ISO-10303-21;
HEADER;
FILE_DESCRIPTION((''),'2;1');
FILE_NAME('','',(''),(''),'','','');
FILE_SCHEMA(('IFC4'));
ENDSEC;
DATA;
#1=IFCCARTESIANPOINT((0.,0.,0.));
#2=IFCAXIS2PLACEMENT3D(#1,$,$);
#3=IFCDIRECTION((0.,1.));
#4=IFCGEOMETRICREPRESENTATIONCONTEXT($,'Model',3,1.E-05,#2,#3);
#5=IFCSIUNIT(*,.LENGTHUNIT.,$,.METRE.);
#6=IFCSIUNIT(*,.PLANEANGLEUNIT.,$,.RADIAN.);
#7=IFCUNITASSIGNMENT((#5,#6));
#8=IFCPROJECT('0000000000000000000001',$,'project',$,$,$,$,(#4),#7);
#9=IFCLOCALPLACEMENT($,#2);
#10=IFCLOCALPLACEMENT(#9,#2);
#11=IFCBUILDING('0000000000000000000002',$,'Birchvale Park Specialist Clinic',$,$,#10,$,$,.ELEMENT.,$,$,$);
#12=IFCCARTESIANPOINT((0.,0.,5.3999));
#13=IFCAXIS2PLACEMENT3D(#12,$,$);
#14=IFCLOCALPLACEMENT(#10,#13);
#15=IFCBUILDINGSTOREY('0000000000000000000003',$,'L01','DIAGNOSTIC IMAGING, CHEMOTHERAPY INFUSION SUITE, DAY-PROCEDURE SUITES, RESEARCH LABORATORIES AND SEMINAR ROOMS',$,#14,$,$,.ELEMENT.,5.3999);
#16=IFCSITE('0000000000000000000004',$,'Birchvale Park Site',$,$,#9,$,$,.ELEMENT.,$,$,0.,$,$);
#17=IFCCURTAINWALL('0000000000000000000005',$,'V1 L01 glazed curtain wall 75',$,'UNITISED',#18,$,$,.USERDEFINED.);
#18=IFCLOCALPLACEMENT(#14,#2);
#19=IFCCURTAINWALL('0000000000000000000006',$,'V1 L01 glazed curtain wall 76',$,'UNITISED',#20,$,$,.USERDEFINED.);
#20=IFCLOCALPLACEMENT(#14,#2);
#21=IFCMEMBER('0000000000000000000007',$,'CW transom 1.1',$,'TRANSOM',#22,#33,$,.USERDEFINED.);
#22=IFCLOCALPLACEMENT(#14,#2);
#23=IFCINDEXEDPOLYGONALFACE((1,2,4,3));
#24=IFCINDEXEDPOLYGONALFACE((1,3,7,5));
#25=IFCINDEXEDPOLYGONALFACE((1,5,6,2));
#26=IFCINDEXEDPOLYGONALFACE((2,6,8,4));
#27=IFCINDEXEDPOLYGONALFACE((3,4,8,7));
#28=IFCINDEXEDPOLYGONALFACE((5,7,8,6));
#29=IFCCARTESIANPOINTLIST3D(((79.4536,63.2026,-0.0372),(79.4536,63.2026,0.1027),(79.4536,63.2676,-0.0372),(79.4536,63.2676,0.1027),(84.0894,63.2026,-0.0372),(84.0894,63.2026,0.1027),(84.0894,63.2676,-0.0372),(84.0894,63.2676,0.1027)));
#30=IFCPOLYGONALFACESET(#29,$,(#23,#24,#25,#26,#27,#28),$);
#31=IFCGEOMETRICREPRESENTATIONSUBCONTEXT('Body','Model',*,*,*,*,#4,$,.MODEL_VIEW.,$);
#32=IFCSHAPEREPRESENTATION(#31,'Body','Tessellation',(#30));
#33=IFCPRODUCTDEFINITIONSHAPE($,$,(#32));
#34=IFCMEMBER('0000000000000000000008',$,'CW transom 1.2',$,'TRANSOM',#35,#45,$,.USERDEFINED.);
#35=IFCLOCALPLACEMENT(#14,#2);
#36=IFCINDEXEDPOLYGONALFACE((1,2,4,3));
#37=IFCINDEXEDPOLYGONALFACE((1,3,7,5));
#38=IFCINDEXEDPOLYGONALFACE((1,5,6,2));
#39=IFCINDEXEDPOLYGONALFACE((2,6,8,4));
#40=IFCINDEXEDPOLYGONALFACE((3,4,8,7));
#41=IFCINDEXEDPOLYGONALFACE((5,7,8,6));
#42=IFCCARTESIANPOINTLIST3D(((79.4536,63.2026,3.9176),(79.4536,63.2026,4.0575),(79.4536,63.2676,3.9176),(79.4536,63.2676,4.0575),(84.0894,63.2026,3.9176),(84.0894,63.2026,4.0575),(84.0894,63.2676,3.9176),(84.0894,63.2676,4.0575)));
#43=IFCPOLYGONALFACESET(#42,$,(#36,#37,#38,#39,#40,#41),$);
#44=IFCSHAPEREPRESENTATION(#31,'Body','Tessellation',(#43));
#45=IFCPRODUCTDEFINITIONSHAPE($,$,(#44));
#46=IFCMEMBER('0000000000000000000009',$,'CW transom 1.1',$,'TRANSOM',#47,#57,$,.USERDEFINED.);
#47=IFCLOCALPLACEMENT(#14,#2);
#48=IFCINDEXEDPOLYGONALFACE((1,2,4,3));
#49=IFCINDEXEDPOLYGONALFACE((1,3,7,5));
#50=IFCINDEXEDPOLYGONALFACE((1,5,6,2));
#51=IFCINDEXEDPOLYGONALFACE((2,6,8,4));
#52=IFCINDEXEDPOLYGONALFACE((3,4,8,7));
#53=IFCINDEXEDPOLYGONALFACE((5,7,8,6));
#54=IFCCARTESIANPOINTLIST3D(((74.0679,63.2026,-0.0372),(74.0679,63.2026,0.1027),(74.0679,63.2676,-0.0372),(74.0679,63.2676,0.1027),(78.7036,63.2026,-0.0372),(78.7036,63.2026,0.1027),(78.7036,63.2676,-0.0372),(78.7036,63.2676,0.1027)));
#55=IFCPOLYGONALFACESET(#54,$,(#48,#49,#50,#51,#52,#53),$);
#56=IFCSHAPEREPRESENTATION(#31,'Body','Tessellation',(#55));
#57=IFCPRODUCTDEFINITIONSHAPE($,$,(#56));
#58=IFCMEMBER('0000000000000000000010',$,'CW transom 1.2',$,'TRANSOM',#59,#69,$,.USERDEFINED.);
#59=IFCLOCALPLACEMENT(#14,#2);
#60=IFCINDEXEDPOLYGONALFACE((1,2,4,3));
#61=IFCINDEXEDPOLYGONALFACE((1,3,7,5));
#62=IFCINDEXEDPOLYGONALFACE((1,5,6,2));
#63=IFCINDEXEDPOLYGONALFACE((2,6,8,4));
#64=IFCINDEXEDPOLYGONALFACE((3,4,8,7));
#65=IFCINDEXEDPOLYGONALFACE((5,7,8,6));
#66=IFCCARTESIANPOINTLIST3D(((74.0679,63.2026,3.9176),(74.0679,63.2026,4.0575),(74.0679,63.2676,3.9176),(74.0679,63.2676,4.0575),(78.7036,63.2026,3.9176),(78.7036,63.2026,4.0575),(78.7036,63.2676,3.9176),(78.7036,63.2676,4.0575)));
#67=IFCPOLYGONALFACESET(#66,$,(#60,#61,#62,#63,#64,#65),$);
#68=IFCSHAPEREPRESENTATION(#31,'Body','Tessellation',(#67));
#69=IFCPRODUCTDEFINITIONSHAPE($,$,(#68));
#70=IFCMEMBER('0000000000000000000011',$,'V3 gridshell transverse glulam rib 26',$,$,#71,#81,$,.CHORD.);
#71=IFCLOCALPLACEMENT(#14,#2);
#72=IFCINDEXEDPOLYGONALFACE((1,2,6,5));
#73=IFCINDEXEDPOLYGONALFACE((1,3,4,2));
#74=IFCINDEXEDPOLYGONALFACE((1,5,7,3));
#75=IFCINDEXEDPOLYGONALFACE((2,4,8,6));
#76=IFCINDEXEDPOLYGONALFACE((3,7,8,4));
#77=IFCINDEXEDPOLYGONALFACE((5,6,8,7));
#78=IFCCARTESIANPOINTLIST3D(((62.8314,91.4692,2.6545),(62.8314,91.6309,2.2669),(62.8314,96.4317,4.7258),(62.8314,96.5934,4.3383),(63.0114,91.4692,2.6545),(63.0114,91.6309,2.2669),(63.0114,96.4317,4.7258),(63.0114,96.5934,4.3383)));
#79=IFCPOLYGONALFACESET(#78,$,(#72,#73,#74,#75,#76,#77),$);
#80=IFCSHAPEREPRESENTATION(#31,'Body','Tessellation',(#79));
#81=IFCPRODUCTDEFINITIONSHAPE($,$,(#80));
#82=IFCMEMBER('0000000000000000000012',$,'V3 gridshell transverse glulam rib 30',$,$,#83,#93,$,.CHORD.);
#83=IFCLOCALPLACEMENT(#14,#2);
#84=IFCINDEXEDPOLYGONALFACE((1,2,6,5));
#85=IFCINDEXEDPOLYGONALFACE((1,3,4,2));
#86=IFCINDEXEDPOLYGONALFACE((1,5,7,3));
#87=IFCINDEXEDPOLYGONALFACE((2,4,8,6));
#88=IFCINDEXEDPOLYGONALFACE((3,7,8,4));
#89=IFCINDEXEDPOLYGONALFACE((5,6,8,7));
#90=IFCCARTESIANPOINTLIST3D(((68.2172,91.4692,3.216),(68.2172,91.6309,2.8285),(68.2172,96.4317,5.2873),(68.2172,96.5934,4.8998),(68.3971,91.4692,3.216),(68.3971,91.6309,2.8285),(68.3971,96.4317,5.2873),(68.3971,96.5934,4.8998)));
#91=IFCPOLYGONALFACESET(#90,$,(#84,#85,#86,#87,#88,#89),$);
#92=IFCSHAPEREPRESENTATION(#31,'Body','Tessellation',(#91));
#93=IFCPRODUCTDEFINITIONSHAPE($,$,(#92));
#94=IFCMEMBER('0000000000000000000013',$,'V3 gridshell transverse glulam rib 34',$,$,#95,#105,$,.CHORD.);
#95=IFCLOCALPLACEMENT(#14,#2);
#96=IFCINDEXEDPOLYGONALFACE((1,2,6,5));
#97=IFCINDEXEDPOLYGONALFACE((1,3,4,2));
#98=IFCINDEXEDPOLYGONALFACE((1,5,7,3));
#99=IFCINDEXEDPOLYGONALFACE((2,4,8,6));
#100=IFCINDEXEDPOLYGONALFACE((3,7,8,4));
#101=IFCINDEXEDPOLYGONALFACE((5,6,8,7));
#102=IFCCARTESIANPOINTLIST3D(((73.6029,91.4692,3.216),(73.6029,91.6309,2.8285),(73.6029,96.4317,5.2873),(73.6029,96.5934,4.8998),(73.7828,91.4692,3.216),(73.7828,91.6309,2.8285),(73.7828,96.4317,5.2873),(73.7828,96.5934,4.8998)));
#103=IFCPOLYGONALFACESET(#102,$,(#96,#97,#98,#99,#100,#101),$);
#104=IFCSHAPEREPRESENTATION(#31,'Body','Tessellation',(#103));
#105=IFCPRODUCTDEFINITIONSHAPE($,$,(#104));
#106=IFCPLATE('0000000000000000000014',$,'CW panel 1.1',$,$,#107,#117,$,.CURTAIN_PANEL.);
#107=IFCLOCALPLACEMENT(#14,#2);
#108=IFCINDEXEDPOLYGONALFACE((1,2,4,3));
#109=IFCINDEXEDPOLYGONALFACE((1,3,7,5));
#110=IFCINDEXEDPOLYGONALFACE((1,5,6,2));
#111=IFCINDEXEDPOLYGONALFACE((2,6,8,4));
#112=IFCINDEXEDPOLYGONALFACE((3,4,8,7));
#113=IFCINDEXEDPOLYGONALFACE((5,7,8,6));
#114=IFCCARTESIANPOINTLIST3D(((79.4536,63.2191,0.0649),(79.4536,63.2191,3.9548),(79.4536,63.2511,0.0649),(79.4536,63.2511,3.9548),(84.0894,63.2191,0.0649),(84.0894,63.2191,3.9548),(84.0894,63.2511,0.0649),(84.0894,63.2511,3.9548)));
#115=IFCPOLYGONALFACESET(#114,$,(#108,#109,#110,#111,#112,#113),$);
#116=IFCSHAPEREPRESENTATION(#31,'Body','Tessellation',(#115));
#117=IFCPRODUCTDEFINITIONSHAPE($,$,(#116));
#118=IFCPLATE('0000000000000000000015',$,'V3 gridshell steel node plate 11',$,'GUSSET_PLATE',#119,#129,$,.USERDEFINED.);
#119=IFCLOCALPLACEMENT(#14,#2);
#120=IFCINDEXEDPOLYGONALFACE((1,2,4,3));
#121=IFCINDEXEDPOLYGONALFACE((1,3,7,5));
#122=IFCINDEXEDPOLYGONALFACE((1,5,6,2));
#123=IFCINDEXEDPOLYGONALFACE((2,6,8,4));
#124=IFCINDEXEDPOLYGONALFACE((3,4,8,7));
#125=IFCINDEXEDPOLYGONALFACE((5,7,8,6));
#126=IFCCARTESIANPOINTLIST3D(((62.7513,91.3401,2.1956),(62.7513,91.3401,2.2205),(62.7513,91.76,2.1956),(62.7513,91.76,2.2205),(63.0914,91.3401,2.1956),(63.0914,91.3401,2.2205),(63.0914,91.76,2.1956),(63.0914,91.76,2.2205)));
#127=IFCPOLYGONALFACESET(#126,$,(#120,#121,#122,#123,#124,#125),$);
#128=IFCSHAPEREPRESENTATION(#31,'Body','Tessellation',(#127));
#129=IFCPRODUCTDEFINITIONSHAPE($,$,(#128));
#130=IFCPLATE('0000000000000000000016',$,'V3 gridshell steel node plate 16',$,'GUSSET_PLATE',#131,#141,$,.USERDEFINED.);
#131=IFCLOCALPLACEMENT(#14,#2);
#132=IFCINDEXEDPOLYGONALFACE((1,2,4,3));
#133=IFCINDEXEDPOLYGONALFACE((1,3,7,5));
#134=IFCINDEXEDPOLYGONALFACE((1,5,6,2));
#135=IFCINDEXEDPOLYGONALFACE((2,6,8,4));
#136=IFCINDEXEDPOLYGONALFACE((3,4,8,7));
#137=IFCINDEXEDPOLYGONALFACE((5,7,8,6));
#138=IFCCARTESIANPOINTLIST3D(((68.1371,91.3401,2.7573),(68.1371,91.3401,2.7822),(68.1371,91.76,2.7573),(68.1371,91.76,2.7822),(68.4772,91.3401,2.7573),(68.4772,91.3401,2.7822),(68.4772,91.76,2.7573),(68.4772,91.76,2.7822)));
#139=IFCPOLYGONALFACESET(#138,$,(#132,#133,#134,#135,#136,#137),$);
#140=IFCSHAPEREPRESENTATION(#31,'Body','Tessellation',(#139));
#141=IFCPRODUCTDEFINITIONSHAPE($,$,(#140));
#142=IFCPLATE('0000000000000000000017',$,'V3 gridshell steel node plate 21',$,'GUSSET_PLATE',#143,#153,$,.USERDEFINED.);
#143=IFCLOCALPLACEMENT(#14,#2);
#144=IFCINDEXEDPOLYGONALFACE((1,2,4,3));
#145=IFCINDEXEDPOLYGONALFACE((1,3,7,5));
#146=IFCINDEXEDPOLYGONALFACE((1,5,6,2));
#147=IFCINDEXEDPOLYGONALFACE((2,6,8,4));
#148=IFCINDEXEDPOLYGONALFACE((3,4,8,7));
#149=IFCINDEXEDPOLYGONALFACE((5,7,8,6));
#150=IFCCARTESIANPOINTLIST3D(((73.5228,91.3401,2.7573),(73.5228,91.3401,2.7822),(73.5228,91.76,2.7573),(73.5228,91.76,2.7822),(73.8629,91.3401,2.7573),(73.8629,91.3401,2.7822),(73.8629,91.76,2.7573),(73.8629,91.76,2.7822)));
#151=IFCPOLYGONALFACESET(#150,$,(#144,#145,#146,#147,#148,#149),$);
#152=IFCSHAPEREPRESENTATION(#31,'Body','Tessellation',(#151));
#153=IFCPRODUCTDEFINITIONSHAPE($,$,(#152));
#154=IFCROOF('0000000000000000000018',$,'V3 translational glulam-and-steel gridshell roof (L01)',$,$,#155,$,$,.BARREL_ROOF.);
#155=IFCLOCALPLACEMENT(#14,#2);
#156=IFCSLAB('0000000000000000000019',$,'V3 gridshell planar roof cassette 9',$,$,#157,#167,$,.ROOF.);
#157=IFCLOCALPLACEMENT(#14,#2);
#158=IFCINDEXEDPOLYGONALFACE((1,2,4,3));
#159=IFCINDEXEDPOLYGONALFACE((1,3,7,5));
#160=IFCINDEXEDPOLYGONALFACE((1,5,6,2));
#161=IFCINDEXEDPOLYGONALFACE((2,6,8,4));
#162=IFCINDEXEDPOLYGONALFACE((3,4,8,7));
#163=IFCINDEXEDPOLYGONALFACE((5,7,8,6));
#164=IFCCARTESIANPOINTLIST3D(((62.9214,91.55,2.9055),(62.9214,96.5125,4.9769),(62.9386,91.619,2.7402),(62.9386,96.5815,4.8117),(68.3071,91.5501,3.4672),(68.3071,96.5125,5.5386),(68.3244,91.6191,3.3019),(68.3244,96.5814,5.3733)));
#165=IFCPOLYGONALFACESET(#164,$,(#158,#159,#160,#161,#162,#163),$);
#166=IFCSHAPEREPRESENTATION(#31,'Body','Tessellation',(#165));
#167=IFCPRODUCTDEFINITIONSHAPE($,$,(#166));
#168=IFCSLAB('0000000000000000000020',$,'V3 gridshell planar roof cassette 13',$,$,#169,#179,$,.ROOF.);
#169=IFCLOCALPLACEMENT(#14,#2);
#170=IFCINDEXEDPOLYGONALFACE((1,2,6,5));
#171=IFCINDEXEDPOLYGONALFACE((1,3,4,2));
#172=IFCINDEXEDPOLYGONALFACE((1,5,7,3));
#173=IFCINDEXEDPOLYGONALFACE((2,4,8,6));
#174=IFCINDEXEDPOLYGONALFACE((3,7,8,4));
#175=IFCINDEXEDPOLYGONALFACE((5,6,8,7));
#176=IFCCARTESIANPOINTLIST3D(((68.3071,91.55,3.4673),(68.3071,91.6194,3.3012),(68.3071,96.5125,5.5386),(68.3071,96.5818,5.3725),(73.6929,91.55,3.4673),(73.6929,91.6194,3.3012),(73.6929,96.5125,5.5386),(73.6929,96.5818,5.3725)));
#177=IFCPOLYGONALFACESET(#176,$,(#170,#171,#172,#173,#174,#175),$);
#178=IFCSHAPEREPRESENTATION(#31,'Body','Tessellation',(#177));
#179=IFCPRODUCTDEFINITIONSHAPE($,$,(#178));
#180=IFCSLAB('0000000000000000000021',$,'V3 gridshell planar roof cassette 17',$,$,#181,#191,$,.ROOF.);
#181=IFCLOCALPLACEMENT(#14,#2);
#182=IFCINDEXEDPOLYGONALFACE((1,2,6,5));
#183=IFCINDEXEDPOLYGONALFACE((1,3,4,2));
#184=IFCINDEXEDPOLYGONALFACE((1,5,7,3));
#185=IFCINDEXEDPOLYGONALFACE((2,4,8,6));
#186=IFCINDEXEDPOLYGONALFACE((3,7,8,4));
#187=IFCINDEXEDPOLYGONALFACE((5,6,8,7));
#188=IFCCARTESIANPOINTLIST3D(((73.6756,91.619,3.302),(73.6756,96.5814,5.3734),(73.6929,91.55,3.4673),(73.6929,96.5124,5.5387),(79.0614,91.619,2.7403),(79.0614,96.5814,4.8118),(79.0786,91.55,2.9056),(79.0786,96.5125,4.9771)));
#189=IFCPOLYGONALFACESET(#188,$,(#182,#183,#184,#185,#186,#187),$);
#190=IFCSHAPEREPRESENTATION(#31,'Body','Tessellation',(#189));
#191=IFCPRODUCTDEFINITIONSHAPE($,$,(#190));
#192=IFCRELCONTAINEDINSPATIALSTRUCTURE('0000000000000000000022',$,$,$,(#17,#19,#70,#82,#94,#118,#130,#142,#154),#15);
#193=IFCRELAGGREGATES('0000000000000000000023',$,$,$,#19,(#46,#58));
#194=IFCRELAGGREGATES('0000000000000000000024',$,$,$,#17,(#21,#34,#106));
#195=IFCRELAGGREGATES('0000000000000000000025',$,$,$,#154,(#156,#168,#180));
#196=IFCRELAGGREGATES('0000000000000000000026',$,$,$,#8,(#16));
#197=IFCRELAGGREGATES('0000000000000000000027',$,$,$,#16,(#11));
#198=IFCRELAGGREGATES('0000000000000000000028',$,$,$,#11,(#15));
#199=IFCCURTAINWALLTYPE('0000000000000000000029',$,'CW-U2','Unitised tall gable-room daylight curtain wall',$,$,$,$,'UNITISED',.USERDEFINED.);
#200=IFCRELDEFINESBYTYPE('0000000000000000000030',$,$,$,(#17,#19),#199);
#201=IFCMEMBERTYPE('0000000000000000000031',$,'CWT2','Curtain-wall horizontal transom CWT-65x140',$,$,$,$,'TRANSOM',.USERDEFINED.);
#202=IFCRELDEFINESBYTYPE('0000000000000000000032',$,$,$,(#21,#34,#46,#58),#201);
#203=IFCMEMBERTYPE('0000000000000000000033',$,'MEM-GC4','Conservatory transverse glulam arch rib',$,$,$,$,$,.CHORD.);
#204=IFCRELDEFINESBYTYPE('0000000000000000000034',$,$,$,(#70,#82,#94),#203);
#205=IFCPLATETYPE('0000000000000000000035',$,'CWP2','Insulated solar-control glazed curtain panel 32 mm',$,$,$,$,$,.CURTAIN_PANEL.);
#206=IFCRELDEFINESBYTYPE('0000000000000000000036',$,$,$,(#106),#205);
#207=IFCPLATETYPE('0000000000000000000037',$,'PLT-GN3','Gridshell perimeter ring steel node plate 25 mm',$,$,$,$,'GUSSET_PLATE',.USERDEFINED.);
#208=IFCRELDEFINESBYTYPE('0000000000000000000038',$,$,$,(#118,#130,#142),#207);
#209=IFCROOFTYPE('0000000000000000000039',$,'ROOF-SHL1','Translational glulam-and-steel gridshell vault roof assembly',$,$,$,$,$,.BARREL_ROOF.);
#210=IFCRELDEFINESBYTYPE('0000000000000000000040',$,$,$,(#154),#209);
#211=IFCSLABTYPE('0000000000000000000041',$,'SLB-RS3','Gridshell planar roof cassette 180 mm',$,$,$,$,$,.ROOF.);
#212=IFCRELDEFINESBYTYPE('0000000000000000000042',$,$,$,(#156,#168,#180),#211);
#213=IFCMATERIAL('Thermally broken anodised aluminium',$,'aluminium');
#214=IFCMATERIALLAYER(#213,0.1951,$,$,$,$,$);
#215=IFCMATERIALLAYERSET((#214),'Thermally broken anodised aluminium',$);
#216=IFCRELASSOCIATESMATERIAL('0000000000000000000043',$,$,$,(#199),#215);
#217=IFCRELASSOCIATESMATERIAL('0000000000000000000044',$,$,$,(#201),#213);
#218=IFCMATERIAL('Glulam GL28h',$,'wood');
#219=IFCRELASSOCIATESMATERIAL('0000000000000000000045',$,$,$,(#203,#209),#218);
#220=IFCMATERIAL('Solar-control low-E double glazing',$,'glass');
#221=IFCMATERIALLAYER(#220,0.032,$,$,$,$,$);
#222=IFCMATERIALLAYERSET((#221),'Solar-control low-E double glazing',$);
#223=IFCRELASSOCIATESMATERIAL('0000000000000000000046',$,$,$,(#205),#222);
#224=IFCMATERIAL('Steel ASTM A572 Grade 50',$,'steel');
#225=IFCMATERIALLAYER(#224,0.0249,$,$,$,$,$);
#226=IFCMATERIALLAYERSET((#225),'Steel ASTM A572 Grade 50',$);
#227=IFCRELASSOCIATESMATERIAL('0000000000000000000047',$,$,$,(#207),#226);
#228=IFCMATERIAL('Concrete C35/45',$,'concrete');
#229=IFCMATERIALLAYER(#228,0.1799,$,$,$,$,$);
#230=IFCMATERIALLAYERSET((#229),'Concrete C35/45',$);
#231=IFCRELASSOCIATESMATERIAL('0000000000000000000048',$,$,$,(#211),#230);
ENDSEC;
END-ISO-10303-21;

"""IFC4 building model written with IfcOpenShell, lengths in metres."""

from ifc_helpers import new_model, si_unit, direction, frame, origin, origin_2d, place, context, subcontext, project, spatial, polyline, rectangle, outline, extrude, material, layer, layer_set, material_profile, profile_set, type_object, element, aggregate, save


model = new_model("IFC4")

# Units and contexts
model_context = context("Model", 3, precision=1e-05, world=origin(), true_north=direction((0.0, 1.0)))
body_context = subcontext(model_context, "Body", "Model", "MODEL_VIEW")
ifc_project = project(units=[si_unit("LENGTHUNIT", "METRE"), si_unit("PLANEANGLEUNIT", "RADIAN")], contexts=[model_context])

# Site, building, storey
site_placement = place(None, origin())
site = spatial("IfcSite", under=ifc_project, at=site_placement, Name="Birchvale Park Site", CompositionType="ELEMENT", RefElevation=0.0)
building_placement = place(site_placement, origin())
building = spatial("IfcBuilding", under=site, at=building_placement, Name="Birchvale Park Specialist Clinic", CompositionType="ELEMENT")
storey_placement = place(building_placement, frame((0.0, 0.0, 5.3999)))
storey = spatial("IfcBuildingStorey", under=building, at=storey_placement, Name="L01", Description="DIAGNOSTIC IMAGING, CHEMOTHERAPY INFUSION SUITE, DAY-PROCEDURE SUITES, RESEARCH LABORATORIES AND SEMINAR ROOMS", CompositionType="ELEMENT", Elevation=5.3999)

# Curtain wall
ifc_material_1 = material(Name="Thermally broken anodised aluminium", Category="aluminium")
ifc_layer_1 = layer(ifc_material_1, 0.1951)
ifc_layer_set_1 = layer_set([ifc_layer_1], Name="Thermally broken anodised aluminium")
curtain_wall_type = type_object("IfcCurtainWallType", Name="CW-U2", Description="Unitised tall gable-room daylight curtain wall", ElementType="UNITISED", PredefinedType="USERDEFINED", material=ifc_layer_set_1)
curtain_wall_1_placement = place(storey_placement, origin())
curtain_wall_1 = element("IfcCurtainWall", 1, at=curtain_wall_1_placement, inside=storey, type_object=curtain_wall_type, Name="V1 L01 glazed curtain wall 75", ObjectType="UNITISED", PredefinedType="USERDEFINED")

# Curtain wall
curtain_wall_2_placement = place(storey_placement, origin())
curtain_wall_2 = element("IfcCurtainWall", 2, at=curtain_wall_2_placement, inside=storey, type_object=curtain_wall_type, Name="V1 L01 glazed curtain wall 76", ObjectType="UNITISED", PredefinedType="USERDEFINED")

# Members
ifc_material_profile_1 = material_profile(ifc_material_1, rectangle(XDim=0.0649, YDim=0.1399, at=origin_2d()), Name="CWT-65x140")
ifc_profile_set_1 = profile_set([ifc_material_profile_1], Name="Thermally broken anodised aluminium")
member_type_1 = type_object("IfcMemberType", Name="CWT2", Description="Curtain-wall horizontal transom CWT-65x140", ElementType="TRANSOM", PredefinedType="USERDEFINED", material=ifc_profile_set_1)
member_1_placement = place(storey_placement, frame((84.0894, 63.2351, 0.0327), z_axis=(-1.0, 0.0, 0.0), x_axis=(0.0, -1.0, 0.0)))
member_1 = element("IfcMember", 3, at=member_1_placement, type_object=member_type_1, Name="CW transom 1.1", ObjectType="TRANSOM", PredefinedType="USERDEFINED", context=body_context, shape_type="SweptSolid", body=[
    extrude(rectangle(XDim=0.0649, YDim=0.1399, at=origin_2d()), origin(), (0.0, 0.0, 1.0), 4.6357),
])
member_2_placement = place(storey_placement, frame((84.0894, 63.2351, 3.9875), z_axis=(-1.0, 0.0, 0.0), x_axis=(0.0, -1.0, 0.0)))
member_2 = element("IfcMember", 4, at=member_2_placement, type_object=member_type_1, Name="CW transom 1.2", ObjectType="TRANSOM", PredefinedType="USERDEFINED", context=body_context, shape_type="SweptSolid", body=[
    extrude(rectangle(XDim=0.0649, YDim=0.1399, at=origin_2d()), origin(), (0.0, 0.0, 1.0), 4.6357),
])
member_3_placement = place(storey_placement, frame((78.7036, 63.2351, 0.0327), z_axis=(-1.0, 0.0, 0.0), x_axis=(0.0, -1.0, 0.0)))
member_3 = element("IfcMember", 5, at=member_3_placement, type_object=member_type_1, Name="CW transom 1.1", ObjectType="TRANSOM", PredefinedType="USERDEFINED", context=body_context, shape_type="SweptSolid", body=[
    extrude(rectangle(XDim=0.0649, YDim=0.1399, at=origin_2d()), origin(), (0.0, 0.0, 1.0), 4.6357),
])
member_4_placement = place(storey_placement, frame((78.7036, 63.2351, 3.9875), z_axis=(-1.0, 0.0, 0.0), x_axis=(0.0, -1.0, 0.0)))
member_4 = element("IfcMember", 6, at=member_4_placement, type_object=member_type_1, Name="CW transom 1.2", ObjectType="TRANSOM", PredefinedType="USERDEFINED", context=body_context, shape_type="SweptSolid", body=[
    extrude(rectangle(XDim=0.0649, YDim=0.1399, at=origin_2d()), origin(), (0.0, 0.0, 1.0), 4.6357),
])
aggregate(curtain_wall_2, [member_3, member_4])

# Members
ifc_material_2 = material(Name="Glulam GL28h", Category="wood")
ifc_material_profile_2 = material_profile(ifc_material_2, rectangle(XDim=0.1799, YDim=0.4199, at=origin_2d()), Name="GL-180x420")
ifc_profile_set_2 = profile_set([ifc_material_profile_2], Name="Glulam GL28h")
member_type_2 = type_object("IfcMemberType", Name="MEM-GC4", Description="Conservatory transverse glulam arch rib", PredefinedType="CHORD", material=ifc_profile_set_2)
for number, where, z_axis, x_axis, name in (
    (7, (62.9214, 91.55, 2.4607), (0.0, 0.922838, 0.385189), (-1.0, 0.0, 0.0), "V3 gridshell transverse glulam rib 26"),
    (8, (68.3071, 91.55, 3.0222), (0.0, 0.922838, 0.385189), (-1.0, 0.0, 0.0), "V3 gridshell transverse glulam rib 30"),
    (9, (73.6929, 91.55, 3.0222), (0.0, 0.922838, 0.385189), (-1.0, 0.0, 0.0), "V3 gridshell transverse glulam rib 34"),
):
    element("IfcMember", number, at=place(storey_placement, frame(where, z_axis=z_axis, x_axis=x_axis)), inside=storey, type_object=member_type_2, Name=name, PredefinedType="CHORD", context=body_context, shape_type="SweptSolid", body=[
        extrude(rectangle(XDim=0.1799, YDim=0.4199, at=origin_2d()), origin(), (0.0, 0.0, 1.0), 5.3774),
    ])

# Plate
ifc_material_3 = material(Name="Solar-control low-E double glazing", Category="glass")
ifc_layer_2 = layer(ifc_material_3, 0.032)
ifc_layer_set_2 = layer_set([ifc_layer_2], Name="Solar-control low-E double glazing")
plate_type_1 = type_object("IfcPlateType", Name="CWP2", Description="Insulated solar-control glazed curtain panel 32 mm", PredefinedType="CURTAIN_PANEL", material=ifc_layer_set_2)
plate_placement = place(storey_placement, frame((81.7715, 63.2351, 0.0649), z_axis=(0.0, 0.0, 1.0), x_axis=(-1.0, 0.0, 0.0)))
plate = element("IfcPlate", 10, at=plate_placement, type_object=plate_type_1, Name="CW panel 1.1", PredefinedType="CURTAIN_PANEL", context=body_context, shape_type="SweptSolid", body=[
    extrude(rectangle(XDim=4.6357, YDim=0.032, at=origin_2d()), origin(), (0.0, 0.0, 1.0), 3.8899),
])
aggregate(curtain_wall_1, [member_1, member_2, plate])

# Plates
ifc_material_4 = material(Name="Steel ASTM A572 Grade 50", Category="steel")
ifc_layer_3 = layer(ifc_material_4, 0.0249)
ifc_layer_set_3 = layer_set([ifc_layer_3], Name="Steel ASTM A572 Grade 50")
plate_type_2 = type_object("IfcPlateType", Name="PLT-GN3", Description="Gridshell perimeter ring steel node plate 25 mm", ElementType="GUSSET_PLATE", PredefinedType="USERDEFINED", material=ifc_layer_set_3)
for number, where, z_axis, x_axis, name in (
    (11, (62.9214, 91.55, 2.1956), (0.0, 0.0, 1.0), (1.0, 0.0, 0.0), "V3 gridshell steel node plate 11"),
    (12, (68.3071, 91.55, 2.7573), (0.0, 0.0, 1.0), (1.0, 0.0, 0.0), "V3 gridshell steel node plate 16"),
    (13, (73.6929, 91.55, 2.7573), (0.0, 0.0, 1.0), (1.0, 0.0, 0.0), "V3 gridshell steel node plate 21"),
):
    element("IfcPlate", number, at=place(storey_placement, frame(where, z_axis=z_axis, x_axis=x_axis)), inside=storey, type_object=plate_type_2, Name=name, ObjectType="GUSSET_PLATE", PredefinedType="USERDEFINED", context=body_context, shape_type="SweptSolid", body=[
        extrude(rectangle(XDim=0.3401, YDim=0.4199, at=origin_2d()), origin(), (0.0, 0.0, 1.0), 0.0249),
    ])

# Roof, slabs
roof_type = type_object("IfcRoofType", Name="ROOF-SHL1", Description="Translational glulam-and-steel gridshell vault roof assembly", PredefinedType="BARREL_ROOF", material=ifc_material_2)
roof_placement = place(storey_placement, origin())
roof = element("IfcRoof", 14, at=roof_placement, inside=storey, type_object=roof_type, Name="V3 translational glulam-and-steel gridshell roof (L01)", PredefinedType="BARREL_ROOF")
ifc_material_5 = material(Name="Concrete C35/45", Category="concrete")
ifc_layer_4 = layer(ifc_material_5, 0.1799)
ifc_layer_set_4 = layer_set([ifc_layer_4], Name="Concrete C35/45")
slab_type = type_object("IfcSlabType", Name="SLB-RS3", Description="Gridshell planar roof cassette 180 mm", PredefinedType="ROOF", material=ifc_layer_set_4)
slab_1_placement = place(storey_placement, frame((62.9214, 91.55, 2.9055), z_axis=(-0.095794, -0.383437, 0.918586), x_axis=(0.994606, 0.000008, 0.103725)))
slab_1 = element("IfcSlab", 15, at=slab_1_placement, type_object=slab_type, Name="V3 gridshell planar roof cassette 9", PredefinedType="ROOF", context=body_context, shape_type="SweptSolid", body=[
    extrude(outline(polyline([(0.0, 0.0), (5.415, 0.0), (5.6298, 5.373), (0.2149, 5.3731), (0.0, 0.0)])), origin(), (0.0, 0.0, -1.0), 0.1799),
])
slab_2_placement = place(storey_placement, frame((68.3071, 91.55, 3.4673), z_axis=(0.0, -0.385189, 0.922838), x_axis=(1.0, 0.0, 0.0)))
slab_2 = element("IfcSlab", 16, at=slab_2_placement, type_object=slab_type, Name="V3 gridshell planar roof cassette 13", PredefinedType="ROOF", context=body_context, shape_type="SweptSolid", body=[
    extrude(outline(polyline([(0.0, 0.0), (5.3857, 0.0), (5.3857, 5.3773), (0.0, 5.3773), (0.0, 0.0)])), origin(), (0.0, 0.0, -1.0), 0.1799),
])
slab_3_placement = place(storey_placement, frame((73.6929, 91.55, 3.4673), z_axis=(0.095794, -0.383437, 0.918586), x_axis=(0.994606, -0.000008, -0.103725)))
slab_3 = element("IfcSlab", 17, at=slab_3_placement, type_object=slab_type, Name="V3 gridshell planar roof cassette 17", PredefinedType="ROOF", context=body_context, shape_type="SweptSolid", body=[
    extrude(outline(polyline([(0.0, 0.0), (5.415, 0.0), (5.2001, 5.3731), (-0.2149, 5.373), (0.0, 0.0)])), origin(), (0.0, 0.0, -1.0), 0.1799),
])
aggregate(roof, [slab_1, slab_2, slab_3])

save(model, "model.ifc")
